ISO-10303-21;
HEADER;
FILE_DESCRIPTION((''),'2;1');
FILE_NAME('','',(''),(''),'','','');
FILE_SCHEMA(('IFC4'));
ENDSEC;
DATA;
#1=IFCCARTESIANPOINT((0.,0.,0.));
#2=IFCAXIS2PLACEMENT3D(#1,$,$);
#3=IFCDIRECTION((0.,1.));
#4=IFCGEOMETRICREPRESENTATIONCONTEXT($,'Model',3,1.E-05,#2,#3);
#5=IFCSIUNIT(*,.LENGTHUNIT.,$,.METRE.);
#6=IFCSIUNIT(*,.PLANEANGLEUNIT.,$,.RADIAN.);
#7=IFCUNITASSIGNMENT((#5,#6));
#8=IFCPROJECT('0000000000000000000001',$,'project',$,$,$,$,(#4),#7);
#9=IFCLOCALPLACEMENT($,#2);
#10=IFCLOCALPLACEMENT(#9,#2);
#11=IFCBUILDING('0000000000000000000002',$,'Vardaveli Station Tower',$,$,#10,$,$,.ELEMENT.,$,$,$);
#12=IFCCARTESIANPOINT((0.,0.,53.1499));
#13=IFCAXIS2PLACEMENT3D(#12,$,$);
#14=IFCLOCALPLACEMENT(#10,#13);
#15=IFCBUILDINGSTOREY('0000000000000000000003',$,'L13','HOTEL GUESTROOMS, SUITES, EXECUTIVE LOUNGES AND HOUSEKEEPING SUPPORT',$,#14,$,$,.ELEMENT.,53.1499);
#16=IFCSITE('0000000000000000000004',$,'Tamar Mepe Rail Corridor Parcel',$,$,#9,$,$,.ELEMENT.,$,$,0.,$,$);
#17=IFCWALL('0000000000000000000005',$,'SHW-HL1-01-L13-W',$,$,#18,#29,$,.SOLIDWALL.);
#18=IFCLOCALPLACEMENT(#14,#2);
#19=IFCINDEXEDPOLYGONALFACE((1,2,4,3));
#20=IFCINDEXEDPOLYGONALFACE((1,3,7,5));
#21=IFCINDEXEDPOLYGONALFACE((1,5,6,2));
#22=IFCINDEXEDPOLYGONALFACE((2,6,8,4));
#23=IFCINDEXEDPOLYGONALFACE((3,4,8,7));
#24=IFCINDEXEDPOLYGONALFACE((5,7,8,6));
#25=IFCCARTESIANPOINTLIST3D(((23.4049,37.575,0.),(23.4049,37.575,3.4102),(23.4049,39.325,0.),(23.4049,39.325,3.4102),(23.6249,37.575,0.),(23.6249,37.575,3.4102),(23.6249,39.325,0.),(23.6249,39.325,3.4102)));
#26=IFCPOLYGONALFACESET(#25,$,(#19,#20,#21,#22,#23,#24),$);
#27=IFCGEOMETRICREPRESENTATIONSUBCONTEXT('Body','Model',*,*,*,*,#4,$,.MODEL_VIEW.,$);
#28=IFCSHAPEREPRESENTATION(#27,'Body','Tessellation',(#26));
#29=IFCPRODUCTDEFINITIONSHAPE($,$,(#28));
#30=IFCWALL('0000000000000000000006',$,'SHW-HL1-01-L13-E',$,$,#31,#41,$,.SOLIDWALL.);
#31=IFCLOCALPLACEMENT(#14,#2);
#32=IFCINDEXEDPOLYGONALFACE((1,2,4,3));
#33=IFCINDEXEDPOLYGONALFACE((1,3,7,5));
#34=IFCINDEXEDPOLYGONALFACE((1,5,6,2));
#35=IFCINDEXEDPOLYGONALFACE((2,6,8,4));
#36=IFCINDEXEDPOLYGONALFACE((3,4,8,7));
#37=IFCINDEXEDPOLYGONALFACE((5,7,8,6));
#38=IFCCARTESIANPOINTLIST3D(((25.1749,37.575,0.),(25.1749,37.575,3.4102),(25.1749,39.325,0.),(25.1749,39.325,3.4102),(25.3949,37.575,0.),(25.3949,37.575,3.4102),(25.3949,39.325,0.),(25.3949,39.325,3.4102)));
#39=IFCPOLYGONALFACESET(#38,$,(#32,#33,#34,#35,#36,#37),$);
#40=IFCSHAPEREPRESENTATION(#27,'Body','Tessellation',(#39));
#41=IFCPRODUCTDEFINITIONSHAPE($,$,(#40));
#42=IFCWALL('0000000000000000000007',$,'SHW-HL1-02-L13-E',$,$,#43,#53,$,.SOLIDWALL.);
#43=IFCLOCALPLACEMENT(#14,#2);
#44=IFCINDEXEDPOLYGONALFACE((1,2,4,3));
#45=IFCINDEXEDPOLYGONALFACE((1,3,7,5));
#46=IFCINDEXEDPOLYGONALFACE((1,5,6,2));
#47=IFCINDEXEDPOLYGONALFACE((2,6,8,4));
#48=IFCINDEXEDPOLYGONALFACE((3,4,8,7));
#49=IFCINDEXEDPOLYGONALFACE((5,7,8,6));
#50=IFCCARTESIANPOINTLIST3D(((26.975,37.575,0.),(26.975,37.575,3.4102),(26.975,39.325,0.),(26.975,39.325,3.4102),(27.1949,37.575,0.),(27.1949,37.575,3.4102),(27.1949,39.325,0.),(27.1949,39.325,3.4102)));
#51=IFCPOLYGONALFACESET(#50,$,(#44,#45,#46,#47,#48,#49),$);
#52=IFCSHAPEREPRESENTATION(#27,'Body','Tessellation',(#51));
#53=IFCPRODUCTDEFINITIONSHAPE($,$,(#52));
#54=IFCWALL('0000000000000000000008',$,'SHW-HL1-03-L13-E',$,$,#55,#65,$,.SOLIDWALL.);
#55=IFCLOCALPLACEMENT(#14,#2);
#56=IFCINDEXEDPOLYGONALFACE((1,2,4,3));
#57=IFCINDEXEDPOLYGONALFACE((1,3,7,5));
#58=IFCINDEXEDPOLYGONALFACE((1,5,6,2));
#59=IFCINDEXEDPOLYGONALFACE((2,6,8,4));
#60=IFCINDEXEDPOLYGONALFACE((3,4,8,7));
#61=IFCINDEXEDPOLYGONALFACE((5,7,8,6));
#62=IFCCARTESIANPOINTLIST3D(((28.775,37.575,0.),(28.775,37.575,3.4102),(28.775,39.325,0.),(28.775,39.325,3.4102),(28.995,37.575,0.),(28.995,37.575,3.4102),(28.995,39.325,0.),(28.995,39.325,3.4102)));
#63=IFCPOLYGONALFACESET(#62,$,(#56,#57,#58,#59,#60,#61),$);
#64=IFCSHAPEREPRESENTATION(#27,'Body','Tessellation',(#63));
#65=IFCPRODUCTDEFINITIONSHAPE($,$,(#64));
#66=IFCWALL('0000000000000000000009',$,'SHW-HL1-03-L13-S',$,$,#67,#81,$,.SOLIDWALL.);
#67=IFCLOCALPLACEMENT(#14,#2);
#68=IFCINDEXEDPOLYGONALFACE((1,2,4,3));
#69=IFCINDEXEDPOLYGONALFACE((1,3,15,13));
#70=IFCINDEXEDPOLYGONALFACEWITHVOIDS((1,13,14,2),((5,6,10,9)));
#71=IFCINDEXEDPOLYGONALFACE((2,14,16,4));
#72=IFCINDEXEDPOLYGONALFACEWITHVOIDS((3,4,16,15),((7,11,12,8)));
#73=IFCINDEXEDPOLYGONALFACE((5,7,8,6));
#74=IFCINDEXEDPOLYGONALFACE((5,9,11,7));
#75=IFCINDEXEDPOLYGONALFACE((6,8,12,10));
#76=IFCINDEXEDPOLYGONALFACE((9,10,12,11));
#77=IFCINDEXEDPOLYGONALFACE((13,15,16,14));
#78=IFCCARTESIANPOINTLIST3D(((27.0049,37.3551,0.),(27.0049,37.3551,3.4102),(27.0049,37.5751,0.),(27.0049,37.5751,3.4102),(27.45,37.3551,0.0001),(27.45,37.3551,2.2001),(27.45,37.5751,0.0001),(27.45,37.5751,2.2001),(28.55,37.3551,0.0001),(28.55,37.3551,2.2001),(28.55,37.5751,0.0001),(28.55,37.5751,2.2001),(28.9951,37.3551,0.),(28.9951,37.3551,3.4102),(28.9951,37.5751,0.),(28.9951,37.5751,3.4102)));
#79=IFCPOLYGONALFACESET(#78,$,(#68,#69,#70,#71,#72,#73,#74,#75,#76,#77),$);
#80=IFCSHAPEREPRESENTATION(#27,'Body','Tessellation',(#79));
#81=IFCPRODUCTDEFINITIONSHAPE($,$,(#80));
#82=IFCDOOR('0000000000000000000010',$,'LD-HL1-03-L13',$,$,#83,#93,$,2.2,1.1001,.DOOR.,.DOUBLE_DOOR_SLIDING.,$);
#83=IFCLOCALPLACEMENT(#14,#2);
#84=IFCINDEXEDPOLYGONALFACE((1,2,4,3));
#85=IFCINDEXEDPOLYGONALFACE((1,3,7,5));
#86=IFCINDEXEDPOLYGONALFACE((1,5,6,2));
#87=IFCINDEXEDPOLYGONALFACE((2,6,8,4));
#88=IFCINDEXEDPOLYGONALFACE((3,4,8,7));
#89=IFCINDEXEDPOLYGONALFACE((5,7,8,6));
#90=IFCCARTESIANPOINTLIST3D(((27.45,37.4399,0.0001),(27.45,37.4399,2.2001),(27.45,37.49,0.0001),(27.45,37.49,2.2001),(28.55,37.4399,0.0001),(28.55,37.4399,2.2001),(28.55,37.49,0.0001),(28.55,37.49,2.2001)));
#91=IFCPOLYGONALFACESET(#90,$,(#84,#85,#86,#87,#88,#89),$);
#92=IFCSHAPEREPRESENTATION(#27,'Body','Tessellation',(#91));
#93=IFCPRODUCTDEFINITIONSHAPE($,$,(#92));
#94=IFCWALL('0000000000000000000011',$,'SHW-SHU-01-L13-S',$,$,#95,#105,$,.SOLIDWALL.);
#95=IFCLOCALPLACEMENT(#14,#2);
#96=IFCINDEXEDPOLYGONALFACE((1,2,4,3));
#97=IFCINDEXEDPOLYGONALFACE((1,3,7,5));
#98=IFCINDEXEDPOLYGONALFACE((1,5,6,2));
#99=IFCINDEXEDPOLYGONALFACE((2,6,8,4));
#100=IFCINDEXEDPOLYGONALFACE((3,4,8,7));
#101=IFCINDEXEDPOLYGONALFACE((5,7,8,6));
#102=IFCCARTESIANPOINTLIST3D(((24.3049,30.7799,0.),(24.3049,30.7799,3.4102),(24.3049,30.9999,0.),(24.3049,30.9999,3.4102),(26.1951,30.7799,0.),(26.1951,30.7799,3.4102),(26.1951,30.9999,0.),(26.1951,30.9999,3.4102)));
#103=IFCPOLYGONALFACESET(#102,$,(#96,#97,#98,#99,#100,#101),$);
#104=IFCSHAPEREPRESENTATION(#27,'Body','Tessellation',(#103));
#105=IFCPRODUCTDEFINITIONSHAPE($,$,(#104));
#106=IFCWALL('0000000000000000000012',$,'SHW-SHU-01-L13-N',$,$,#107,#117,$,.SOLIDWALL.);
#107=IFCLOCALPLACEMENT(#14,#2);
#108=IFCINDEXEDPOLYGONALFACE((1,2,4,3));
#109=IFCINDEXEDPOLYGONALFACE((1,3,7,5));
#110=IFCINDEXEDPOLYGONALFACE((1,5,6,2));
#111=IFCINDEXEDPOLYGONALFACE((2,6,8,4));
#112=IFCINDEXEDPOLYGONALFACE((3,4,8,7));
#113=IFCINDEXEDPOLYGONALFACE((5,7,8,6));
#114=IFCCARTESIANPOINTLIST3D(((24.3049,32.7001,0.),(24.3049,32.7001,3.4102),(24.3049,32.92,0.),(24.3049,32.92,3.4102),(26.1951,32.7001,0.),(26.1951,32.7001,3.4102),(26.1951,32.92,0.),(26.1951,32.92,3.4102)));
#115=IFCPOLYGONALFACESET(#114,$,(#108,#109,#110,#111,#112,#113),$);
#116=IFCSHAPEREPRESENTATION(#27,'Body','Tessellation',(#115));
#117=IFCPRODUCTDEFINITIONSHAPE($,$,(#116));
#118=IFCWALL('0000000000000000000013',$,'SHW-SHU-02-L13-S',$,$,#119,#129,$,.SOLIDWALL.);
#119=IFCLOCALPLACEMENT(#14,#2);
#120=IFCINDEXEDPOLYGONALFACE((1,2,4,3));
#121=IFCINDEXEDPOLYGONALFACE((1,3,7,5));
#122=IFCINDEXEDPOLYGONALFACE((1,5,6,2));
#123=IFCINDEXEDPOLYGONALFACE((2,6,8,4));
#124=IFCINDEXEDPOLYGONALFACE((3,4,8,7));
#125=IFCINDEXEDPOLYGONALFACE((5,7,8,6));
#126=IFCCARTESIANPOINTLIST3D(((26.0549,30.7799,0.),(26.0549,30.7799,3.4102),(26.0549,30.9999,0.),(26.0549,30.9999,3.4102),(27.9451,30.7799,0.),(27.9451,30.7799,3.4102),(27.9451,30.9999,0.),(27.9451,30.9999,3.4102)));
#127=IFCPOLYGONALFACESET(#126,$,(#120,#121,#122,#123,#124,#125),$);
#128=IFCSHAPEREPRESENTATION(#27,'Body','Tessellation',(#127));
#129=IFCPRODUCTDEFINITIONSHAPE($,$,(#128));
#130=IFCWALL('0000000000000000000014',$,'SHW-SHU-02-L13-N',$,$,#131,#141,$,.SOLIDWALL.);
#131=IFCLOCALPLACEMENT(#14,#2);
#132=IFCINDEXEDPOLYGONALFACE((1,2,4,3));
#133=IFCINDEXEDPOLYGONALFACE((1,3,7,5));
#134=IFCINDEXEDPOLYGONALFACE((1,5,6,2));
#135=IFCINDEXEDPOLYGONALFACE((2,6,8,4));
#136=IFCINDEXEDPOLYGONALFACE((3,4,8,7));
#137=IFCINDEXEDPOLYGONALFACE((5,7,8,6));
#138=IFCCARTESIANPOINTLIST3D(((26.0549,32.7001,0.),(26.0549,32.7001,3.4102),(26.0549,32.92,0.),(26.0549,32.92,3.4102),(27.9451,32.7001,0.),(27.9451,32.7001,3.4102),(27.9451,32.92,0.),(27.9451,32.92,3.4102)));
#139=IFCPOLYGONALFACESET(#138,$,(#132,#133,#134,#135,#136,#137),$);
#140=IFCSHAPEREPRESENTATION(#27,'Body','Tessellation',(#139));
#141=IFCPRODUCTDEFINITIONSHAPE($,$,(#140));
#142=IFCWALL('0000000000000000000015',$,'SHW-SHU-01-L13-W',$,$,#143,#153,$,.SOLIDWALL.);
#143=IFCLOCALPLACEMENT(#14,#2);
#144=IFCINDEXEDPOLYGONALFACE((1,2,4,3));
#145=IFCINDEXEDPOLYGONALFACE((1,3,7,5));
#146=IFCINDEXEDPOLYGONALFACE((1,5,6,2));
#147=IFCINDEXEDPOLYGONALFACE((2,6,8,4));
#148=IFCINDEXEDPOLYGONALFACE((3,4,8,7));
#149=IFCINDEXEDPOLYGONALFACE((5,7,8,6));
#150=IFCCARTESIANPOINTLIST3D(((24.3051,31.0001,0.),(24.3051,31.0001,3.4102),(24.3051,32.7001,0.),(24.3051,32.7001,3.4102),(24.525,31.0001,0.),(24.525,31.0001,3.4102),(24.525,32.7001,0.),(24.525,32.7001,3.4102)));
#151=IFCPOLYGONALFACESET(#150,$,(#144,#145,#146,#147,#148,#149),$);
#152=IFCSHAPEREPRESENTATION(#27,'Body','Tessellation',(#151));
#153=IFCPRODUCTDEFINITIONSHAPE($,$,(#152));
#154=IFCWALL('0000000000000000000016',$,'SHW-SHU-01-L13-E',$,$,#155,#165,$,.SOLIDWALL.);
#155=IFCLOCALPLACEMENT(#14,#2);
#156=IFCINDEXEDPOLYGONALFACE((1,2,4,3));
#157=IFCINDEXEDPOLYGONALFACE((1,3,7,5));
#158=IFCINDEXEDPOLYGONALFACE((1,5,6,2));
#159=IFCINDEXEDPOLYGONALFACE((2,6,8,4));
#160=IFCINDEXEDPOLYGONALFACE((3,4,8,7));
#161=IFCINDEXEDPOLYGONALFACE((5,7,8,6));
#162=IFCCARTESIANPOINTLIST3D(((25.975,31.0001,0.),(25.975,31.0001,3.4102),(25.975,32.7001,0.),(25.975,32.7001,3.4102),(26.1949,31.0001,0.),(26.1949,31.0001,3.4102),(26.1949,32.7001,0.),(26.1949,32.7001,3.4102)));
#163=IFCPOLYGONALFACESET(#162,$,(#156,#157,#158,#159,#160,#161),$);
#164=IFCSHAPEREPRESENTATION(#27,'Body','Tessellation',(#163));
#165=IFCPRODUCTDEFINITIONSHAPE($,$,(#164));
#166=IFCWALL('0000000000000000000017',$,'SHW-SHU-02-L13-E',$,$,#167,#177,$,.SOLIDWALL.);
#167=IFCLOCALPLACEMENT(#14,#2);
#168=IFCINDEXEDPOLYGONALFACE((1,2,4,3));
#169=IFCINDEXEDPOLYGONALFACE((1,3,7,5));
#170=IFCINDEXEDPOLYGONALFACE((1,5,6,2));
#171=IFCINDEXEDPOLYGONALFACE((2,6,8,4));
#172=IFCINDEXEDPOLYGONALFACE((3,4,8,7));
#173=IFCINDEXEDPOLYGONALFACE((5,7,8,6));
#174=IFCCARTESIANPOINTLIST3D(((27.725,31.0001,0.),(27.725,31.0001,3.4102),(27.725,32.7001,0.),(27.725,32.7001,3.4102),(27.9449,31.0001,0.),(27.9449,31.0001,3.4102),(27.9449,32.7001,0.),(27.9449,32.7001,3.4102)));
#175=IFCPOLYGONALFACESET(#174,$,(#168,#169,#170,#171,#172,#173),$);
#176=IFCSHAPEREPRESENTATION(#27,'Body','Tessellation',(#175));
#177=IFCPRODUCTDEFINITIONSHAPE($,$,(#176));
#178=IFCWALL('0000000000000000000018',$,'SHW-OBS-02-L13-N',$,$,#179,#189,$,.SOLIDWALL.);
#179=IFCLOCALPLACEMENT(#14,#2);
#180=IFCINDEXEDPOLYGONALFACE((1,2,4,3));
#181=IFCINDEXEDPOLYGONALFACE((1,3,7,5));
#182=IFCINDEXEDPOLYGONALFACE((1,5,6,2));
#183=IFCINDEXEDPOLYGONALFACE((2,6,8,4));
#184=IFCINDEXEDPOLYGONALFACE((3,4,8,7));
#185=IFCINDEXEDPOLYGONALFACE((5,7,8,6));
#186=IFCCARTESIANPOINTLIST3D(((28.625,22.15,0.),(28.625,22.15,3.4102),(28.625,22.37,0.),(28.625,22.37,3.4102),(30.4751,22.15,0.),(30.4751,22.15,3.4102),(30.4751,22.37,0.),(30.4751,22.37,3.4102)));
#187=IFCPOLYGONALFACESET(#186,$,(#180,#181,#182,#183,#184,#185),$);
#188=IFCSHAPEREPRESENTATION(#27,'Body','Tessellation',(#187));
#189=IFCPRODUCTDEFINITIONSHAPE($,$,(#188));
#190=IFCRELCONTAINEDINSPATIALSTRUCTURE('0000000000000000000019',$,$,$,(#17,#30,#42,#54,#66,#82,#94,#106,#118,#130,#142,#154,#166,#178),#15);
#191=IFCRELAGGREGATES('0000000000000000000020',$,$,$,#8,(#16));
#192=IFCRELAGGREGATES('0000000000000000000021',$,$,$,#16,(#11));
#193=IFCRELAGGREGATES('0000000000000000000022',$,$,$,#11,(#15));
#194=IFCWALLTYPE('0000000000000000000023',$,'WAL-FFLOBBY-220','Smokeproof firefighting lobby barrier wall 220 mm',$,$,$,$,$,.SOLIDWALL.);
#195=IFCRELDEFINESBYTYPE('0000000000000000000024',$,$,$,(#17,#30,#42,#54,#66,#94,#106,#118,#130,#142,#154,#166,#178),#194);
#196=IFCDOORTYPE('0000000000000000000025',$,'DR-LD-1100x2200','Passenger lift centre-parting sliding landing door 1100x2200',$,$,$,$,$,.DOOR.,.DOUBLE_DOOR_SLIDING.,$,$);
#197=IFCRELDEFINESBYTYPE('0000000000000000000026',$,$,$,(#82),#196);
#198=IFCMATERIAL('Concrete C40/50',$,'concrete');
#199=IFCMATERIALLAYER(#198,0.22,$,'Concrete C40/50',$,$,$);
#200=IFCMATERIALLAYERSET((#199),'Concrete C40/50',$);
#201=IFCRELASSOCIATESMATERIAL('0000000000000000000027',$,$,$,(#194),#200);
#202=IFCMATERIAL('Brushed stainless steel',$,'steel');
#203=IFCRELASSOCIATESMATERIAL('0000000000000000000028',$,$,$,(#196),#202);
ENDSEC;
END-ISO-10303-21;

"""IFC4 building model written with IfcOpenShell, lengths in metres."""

from ifc_helpers import new_model, si_unit, direction, frame, frame_2d, origin, place, context, subcontext, project, spatial, rectangle, extrude, source, transform, mapped, material, layer, layer_set, type_object, element, fill, save


model = new_model("IFC4")

# Units and contexts
model_context = context("Model", 3, precision=1e-05, world=origin(), true_north=direction((0.0, 1.0)))
body_context = subcontext(model_context, "Body", "Model", "MODEL_VIEW")
ifc_project = project(units=[si_unit("LENGTHUNIT", "METRE"), si_unit("PLANEANGLEUNIT", "RADIAN")], contexts=[model_context])

# Site, building, storey
site_placement = place(None, origin())
site = spatial("IfcSite", under=ifc_project, at=site_placement, Name="Tamar Mepe Rail Corridor Parcel", CompositionType="ELEMENT", RefElevation=0.0)
building_placement = place(site_placement, origin())
building = spatial("IfcBuilding", under=site, at=building_placement, Name="Vardaveli Station Tower", CompositionType="ELEMENT")
storey_placement = place(building_placement, frame((0.0, 0.0, 53.1499)))
storey = spatial("IfcBuildingStorey", under=building, at=storey_placement, Name="L13", Description="HOTEL GUESTROOMS, SUITES, EXECUTIVE LOUNGES AND HOUSEKEEPING SUPPORT", CompositionType="ELEMENT", Elevation=53.1499)

# Shared definitions
ifc_material_1 = material(Name="Concrete C40/50", Category="concrete")
ifc_layer_1 = layer(ifc_material_1, 0.22, Name="Concrete C40/50")
ifc_layer_set_1 = layer_set([ifc_layer_1], Name="Concrete C40/50")
wall_type_1 = type_object("IfcWallType", Name="WAL-FFLOBBY-220", Description="Smokeproof firefighting lobby barrier wall 220 mm", PredefinedType="SOLIDWALL", material=ifc_layer_set_1)
shared_shape_1 = source(origin(), body_context, "Body", "SweptSolid", [
    extrude(rectangle(XDim=1.1001, YDim=2.2, at=frame_2d((0.55, 1.1001))), frame((0.0, 0.1201, 0.0), z_axis=(0.0, -1.0, 0.0), x_axis=(1.0, 0.0, 0.0)), (0.0, 0.0, 1.0), 0.24),
])
ifc_material_2 = material(Name="Brushed stainless steel", Category="steel")
door_type_1 = type_object("IfcDoorType", Name="DR-LD-1100x2200", Description="Passenger lift centre-parting sliding landing door 1100x2200", OperationType="DOUBLE_DOOR_SLIDING", PredefinedType="DOOR", material=ifc_material_2)
shared_shape_2 = source(origin(), body_context, "Body", "SweptSolid", [
    extrude(rectangle(XDim=1.1001, YDim=2.2, at=frame_2d((0.55, 1.1001))), frame((0.0, 0.0249, 0.0), z_axis=(0.0, -1.0, 0.0), x_axis=(1.0, 0.0, 0.0)), (0.0, 0.0, 1.0), 0.05),
])

# Walls
shared_shape_3 = source(origin(), body_context, "Body", "SweptSolid", [
    extrude(rectangle(XDim=1.75, YDim=0.22, at=frame_2d((0.875, 0.0))), origin(), (0.0, 0.0, 1.0), 3.4102),
])
for number, where, z_axis, x_axis, name in (
    (1, (23.5149, 37.575, 0.0), (0.0, 0.0, 1.0), (0.0, 1.0, 0.0), "SHW-HL1-01-L13-W"),
    (2, (25.2849, 37.575, 0.0), (0.0, 0.0, 1.0), (0.0, 1.0, 0.0), "SHW-HL1-01-L13-E"),
    (3, (27.085, 37.575, 0.0), (0.0, 0.0, 1.0), (0.0, 1.0, 0.0), "SHW-HL1-02-L13-E"),
    (4, (28.885, 37.575, 0.0), (0.0, 0.0, 1.0), (0.0, 1.0, 0.0), "SHW-HL1-03-L13-E"),
):
    element("IfcWall", number, at=place(storey_placement, frame(where, z_axis=z_axis, x_axis=x_axis)), inside=storey, type_object=wall_type_1, Name=name, PredefinedType="SOLIDWALL", context=body_context, shape_type="MappedRepresentation", body=[
        mapped(shared_shape_3, transform((0.0, 0.0, 0.0), scale=1.0)),
    ])

# Wall, opening, door
shared_shape_4 = source(origin(), body_context, "Body", "SweptSolid", [
    extrude(rectangle(XDim=1.9902, YDim=0.22, at=frame_2d((0.9951, 0.0))), origin(), (0.0, 0.0, 1.0), 3.4102),
])
wall_1_placement = place(storey_placement, frame((27.0049, 37.4651, 0.0), z_axis=(0.0, 0.0, 1.0), x_axis=(1.0, 0.0, 0.0)))
wall_1 = element("IfcWall", 5, at=wall_1_placement, inside=storey, type_object=wall_type_1, Name="SHW-HL1-03-L13-S", PredefinedType="SOLIDWALL", context=body_context, shape_type="MappedRepresentation", body=[
    mapped(shared_shape_4, transform((0.0, 0.0, 0.0), scale=1.0)),
])
opening_1_placement = place(wall_1_placement, frame((0.4451, 0.0, 0.0)))
opening_1 = element("IfcOpeningElement", 6, at=opening_1_placement, cuts=wall_1, PredefinedType="OPENING", context=body_context, shape_type="MappedRepresentation", body=[
    mapped(shared_shape_1, transform((0.0, 0.0, 0.0), scale=1.0)),
])
door_1_placement = place(opening_1_placement, origin())
door_1 = element("IfcDoor", 7, at=door_1_placement, inside=storey, type_object=door_type_1, Name="LD-HL1-03-L13", OperationType="DOUBLE_DOOR_SLIDING", OverallHeight=2.2, OverallWidth=1.1001, PredefinedType="DOOR", context=body_context, shape_type="MappedRepresentation", body=[
    mapped(shared_shape_2, transform((0.0, 0.0, 0.0), scale=1.0)),
])
fill(opening_1, door_1)

# Walls
shared_shape_5 = source(origin(), body_context, "Body", "SweptSolid", [
    extrude(rectangle(XDim=1.8901, YDim=0.22, at=frame_2d((0.9451, 0.0))), origin(), (0.0, 0.0, 1.0), 3.4102),
])
for number, where, z_axis, x_axis, name in (
    (8, (24.3049, 30.8899, 0.0), (0.0, 0.0, 1.0), (1.0, 0.0, 0.0), "SHW-SHU-01-L13-S"),
    (9, (24.3049, 32.8101, 0.0), (0.0, 0.0, 1.0), (1.0, 0.0, 0.0), "SHW-SHU-01-L13-N"),
    (10, (26.0549, 30.8899, 0.0), (0.0, 0.0, 1.0), (1.0, 0.0, 0.0), "SHW-SHU-02-L13-S"),
    (11, (26.0549, 32.8101, 0.0), (0.0, 0.0, 1.0), (1.0, 0.0, 0.0), "SHW-SHU-02-L13-N"),
):
    element("IfcWall", number, at=place(storey_placement, frame(where, z_axis=z_axis, x_axis=x_axis)), inside=storey, type_object=wall_type_1, Name=name, PredefinedType="SOLIDWALL", context=body_context, shape_type="MappedRepresentation", body=[
        mapped(shared_shape_5, transform((0.0, 0.0, 0.0), scale=1.0)),
    ])
shared_shape_6 = source(origin(), body_context, "Body", "SweptSolid", [
    extrude(rectangle(XDim=1.7, YDim=0.22, at=frame_2d((0.8501, 0.0))), origin(), (0.0, 0.0, 1.0), 3.4102),
])
for number, where, z_axis, x_axis, name in (
    (12, (24.415, 31.0, 0.0), (0.0, 0.0, 1.0), (0.0, 1.0, 0.0), "SHW-SHU-01-L13-W"),
    (13, (26.085, 31.0, 0.0), (0.0, 0.0, 1.0), (0.0, 1.0, 0.0), "SHW-SHU-01-L13-E"),
    (14, (27.835, 31.0, 0.0), (0.0, 0.0, 1.0), (0.0, 1.0, 0.0), "SHW-SHU-02-L13-E"),
):
    element("IfcWall", number, at=place(storey_placement, frame(where, z_axis=z_axis, x_axis=x_axis)), inside=storey, type_object=wall_type_1, Name=name, PredefinedType="SOLIDWALL", context=body_context, shape_type="MappedRepresentation", body=[
        mapped(shared_shape_6, transform((0.0, 0.0, 0.0), scale=1.0)),
    ])
shared_shape_7 = source(origin(), body_context, "Body", "SweptSolid", [
    extrude(rectangle(XDim=1.8501, YDim=0.22, at=frame_2d((0.925, 0.0))), origin(), (0.0, 0.0, 1.0), 3.4102),
])
wall_2_placement = place(storey_placement, frame((28.625, 22.26, 0.0), z_axis=(0.0, 0.0, 1.0), x_axis=(1.0, 0.0, 0.0)))
element("IfcWall", 15, at=wall_2_placement, inside=storey, type_object=wall_type_1, Name="SHW-OBS-02-L13-N", PredefinedType="SOLIDWALL", context=body_context, shape_type="MappedRepresentation", body=[
    mapped(shared_shape_7, transform((0.0, 0.0, 0.0), scale=1.0)),
])

save(model, "model.ifc")
